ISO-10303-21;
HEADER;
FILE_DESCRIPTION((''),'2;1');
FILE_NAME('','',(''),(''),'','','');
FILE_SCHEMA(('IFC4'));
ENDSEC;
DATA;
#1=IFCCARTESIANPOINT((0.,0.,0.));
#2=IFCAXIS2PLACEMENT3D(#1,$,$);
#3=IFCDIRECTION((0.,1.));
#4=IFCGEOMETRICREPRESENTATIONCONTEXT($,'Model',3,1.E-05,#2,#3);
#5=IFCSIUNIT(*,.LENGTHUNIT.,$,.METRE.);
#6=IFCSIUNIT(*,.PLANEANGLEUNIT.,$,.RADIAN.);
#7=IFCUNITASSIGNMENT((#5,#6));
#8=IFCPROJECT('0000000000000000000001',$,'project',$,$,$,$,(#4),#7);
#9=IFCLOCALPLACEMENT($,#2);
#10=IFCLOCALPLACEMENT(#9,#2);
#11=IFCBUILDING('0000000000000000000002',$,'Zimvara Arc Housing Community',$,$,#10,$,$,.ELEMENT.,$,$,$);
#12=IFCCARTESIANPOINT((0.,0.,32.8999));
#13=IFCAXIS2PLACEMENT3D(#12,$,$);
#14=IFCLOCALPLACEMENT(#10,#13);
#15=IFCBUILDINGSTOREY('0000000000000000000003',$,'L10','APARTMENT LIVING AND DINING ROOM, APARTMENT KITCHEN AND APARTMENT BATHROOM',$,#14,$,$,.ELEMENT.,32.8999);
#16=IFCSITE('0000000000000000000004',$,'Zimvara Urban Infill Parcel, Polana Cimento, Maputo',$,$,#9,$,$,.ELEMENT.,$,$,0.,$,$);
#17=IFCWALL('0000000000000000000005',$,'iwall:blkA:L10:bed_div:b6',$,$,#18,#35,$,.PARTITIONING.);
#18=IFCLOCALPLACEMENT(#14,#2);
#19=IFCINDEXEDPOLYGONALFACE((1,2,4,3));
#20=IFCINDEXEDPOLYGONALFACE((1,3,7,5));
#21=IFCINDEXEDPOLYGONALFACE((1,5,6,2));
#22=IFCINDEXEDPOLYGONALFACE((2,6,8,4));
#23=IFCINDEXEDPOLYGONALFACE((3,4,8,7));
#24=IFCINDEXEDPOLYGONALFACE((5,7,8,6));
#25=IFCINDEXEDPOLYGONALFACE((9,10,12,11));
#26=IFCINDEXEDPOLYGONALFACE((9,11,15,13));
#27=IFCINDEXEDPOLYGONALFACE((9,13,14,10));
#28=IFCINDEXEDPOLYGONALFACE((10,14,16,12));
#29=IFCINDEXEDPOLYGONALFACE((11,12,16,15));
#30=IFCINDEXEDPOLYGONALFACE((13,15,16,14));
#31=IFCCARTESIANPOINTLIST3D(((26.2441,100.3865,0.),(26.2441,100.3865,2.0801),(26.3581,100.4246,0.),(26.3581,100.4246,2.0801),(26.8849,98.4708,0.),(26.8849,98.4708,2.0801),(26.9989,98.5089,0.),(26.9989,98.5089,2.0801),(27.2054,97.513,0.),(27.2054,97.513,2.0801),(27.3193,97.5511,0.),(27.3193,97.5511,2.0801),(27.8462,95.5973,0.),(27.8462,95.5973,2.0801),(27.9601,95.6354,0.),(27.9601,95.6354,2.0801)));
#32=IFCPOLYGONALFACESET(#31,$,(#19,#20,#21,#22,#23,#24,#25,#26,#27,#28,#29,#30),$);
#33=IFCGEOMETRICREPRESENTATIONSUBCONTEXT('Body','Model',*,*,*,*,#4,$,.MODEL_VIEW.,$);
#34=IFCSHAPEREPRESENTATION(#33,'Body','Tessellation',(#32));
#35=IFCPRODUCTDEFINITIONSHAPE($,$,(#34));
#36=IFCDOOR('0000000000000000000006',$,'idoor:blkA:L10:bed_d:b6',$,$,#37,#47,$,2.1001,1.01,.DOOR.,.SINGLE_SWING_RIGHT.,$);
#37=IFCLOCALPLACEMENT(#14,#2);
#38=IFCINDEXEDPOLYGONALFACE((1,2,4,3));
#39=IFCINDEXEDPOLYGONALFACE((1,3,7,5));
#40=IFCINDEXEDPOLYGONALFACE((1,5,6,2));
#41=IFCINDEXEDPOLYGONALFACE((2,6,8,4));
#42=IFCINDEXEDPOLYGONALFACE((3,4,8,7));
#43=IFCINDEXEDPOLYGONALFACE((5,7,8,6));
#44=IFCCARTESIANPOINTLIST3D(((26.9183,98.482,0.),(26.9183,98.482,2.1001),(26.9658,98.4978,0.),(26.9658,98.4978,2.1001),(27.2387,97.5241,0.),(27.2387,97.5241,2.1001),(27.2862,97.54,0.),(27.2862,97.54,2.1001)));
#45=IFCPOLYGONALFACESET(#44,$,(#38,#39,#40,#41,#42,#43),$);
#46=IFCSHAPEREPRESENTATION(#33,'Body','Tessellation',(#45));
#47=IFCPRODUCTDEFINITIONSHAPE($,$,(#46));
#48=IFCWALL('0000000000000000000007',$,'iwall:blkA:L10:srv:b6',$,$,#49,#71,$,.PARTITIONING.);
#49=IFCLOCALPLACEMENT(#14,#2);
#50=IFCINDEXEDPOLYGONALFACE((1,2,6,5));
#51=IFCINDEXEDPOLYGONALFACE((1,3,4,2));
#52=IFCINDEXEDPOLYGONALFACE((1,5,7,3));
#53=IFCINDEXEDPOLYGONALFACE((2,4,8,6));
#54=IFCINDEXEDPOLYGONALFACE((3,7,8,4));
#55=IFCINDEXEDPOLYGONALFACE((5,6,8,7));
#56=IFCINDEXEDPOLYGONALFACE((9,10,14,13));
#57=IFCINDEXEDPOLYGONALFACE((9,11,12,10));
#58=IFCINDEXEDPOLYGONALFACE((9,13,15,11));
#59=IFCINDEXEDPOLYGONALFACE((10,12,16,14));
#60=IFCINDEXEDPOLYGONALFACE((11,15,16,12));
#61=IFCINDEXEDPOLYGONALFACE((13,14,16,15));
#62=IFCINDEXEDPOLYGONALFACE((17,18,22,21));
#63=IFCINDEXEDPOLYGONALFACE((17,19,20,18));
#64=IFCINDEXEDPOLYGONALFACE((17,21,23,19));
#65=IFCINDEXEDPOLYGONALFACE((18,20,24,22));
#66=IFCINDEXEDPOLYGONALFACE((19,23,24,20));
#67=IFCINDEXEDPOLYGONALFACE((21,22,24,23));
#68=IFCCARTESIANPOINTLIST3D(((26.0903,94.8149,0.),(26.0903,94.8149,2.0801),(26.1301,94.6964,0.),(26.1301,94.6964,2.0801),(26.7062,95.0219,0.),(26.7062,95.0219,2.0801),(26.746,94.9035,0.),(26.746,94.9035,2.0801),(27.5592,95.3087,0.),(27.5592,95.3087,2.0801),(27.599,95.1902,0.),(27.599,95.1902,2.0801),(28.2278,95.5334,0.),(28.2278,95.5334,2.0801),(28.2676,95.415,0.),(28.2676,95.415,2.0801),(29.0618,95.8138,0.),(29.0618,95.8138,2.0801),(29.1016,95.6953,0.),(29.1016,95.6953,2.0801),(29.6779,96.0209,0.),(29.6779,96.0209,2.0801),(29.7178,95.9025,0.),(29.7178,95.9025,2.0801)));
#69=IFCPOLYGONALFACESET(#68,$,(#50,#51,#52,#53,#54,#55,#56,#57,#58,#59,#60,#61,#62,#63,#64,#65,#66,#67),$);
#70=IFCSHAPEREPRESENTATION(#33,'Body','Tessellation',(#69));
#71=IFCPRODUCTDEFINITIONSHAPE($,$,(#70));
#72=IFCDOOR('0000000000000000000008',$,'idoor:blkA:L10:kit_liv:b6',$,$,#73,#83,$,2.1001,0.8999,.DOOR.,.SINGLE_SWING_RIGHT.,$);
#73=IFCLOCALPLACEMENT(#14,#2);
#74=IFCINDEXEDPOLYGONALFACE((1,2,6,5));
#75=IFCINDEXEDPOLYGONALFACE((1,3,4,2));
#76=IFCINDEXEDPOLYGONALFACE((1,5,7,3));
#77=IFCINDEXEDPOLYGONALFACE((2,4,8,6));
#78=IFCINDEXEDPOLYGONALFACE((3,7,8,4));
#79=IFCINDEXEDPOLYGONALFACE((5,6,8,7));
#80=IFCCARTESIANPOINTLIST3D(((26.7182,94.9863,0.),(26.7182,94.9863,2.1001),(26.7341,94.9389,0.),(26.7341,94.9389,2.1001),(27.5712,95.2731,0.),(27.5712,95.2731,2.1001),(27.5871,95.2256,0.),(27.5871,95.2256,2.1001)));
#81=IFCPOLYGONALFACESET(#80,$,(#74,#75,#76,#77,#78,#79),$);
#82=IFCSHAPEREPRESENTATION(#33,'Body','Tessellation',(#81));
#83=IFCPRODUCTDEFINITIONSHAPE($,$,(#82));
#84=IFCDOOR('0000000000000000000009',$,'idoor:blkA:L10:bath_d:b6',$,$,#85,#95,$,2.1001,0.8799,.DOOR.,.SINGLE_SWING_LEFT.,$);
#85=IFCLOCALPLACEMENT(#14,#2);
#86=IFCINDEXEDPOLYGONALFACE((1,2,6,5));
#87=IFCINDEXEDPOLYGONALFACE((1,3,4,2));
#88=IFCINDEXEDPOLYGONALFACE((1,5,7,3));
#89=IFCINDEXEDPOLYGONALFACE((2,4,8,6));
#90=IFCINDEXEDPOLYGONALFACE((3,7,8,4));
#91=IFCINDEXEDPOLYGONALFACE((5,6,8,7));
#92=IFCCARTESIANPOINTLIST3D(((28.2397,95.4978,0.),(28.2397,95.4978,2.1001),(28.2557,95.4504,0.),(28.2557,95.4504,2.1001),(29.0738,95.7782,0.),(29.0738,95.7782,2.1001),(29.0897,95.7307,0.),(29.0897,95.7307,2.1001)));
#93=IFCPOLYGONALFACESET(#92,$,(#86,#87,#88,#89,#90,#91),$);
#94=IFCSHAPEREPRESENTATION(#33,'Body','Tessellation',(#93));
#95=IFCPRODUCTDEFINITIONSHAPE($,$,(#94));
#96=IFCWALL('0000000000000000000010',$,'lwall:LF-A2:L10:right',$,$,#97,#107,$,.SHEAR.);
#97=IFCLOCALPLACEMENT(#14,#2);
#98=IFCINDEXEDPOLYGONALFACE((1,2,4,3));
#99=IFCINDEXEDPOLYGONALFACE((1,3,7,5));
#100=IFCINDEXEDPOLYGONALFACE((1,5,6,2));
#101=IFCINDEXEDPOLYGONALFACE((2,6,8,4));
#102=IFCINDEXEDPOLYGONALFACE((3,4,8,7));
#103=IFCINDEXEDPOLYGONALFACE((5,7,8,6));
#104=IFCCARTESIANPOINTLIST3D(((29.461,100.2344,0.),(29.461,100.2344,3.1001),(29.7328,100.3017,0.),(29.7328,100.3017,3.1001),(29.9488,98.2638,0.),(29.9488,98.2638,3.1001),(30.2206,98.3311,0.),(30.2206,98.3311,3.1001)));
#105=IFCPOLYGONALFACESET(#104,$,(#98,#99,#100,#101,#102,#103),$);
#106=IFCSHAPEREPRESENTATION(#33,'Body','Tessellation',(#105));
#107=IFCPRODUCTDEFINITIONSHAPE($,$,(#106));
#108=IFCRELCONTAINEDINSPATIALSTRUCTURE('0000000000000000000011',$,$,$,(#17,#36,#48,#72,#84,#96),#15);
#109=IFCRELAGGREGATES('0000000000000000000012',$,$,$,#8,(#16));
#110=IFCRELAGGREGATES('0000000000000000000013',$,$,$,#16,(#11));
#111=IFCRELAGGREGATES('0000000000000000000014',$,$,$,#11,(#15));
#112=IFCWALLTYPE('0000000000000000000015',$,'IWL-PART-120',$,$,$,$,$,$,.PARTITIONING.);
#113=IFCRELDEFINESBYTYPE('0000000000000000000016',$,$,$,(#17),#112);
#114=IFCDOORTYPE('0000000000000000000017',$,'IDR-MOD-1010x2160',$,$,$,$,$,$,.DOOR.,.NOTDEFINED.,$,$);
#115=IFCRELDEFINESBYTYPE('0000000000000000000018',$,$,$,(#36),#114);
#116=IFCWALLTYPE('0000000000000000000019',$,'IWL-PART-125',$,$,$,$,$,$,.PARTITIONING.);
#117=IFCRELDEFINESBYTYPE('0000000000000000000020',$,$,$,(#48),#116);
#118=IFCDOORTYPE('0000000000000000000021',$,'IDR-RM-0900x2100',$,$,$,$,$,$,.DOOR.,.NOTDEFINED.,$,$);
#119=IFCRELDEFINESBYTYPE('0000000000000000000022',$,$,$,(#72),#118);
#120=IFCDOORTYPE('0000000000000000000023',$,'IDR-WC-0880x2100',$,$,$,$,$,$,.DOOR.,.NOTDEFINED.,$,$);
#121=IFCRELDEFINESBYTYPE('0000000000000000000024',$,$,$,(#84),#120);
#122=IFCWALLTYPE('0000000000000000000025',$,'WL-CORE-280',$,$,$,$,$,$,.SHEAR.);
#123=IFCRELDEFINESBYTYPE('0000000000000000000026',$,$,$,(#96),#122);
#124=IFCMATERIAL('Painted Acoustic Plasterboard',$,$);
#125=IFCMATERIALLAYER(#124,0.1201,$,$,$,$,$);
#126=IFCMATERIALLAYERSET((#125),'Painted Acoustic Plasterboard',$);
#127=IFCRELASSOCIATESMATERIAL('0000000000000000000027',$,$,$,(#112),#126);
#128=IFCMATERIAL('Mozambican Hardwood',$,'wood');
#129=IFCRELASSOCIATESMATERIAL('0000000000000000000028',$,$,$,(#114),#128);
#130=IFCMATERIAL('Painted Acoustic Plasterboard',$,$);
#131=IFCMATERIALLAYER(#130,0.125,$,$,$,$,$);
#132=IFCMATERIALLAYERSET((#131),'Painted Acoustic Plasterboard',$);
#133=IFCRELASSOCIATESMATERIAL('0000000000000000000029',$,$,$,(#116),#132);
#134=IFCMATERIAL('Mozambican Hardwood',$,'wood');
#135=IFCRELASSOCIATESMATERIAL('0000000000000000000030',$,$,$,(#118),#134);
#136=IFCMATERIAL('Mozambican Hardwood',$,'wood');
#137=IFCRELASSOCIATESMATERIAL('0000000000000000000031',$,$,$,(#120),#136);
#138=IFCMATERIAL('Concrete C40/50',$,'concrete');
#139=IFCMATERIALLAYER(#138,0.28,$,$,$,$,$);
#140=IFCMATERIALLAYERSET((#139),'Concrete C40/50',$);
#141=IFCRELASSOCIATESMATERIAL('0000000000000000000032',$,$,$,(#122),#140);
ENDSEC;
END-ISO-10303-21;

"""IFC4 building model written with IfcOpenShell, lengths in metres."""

from ifc_helpers import new_model, si_unit, direction, frame, frame_2d, origin, place, context, subcontext, project, spatial, rectangle, extrude, material, layer, layer_set, type_object, element, fill, save


model = new_model("IFC4")

# Units and contexts
model_context = context("Model", 3, precision=1e-05, world=origin(), true_north=direction((0.0, 1.0)))
body_context = subcontext(model_context, "Body", "Model", "MODEL_VIEW")
ifc_project = project(units=[si_unit("LENGTHUNIT", "METRE"), si_unit("PLANEANGLEUNIT", "RADIAN")], contexts=[model_context])

# Site, building, storey
site_placement = place(None, origin())
site = spatial("IfcSite", under=ifc_project, at=site_placement, Name="Zimvara Urban Infill Parcel, Polana Cimento, Maputo", CompositionType="ELEMENT", RefElevation=0.0)
building_placement = place(site_placement, origin())
building = spatial("IfcBuilding", under=site, at=building_placement, Name="Zimvara Arc Housing Community", CompositionType="ELEMENT")
storey_placement = place(building_placement, frame((0.0, 0.0, 32.8999)))
storey = spatial("IfcBuildingStorey", under=building, at=storey_placement, Name="L10", Description="APARTMENT LIVING AND DINING ROOM, APARTMENT KITCHEN AND APARTMENT BATHROOM", CompositionType="ELEMENT", Elevation=32.8999)

# Wall, opening, door
ifc_material_1 = material(Name="Painted Acoustic Plasterboard")
ifc_layer_1 = layer(ifc_material_1, 0.1201)
ifc_layer_set_1 = layer_set([ifc_layer_1], Name="Painted Acoustic Plasterboard")
wall_type_1 = type_object("IfcWallType", Name="IWL-PART-120", PredefinedType="PARTITIONING", material=ifc_layer_set_1)
wall_1_placement = place(storey_placement, frame((27.9031, 95.6165, 0.0), z_axis=(0.0, 0.0, 1.0), x_axis=(-0.317228, 0.948349, 0.0)))
wall_1 = element("IfcWall", 1, at=wall_1_placement, inside=storey, type_object=wall_type_1, Name="iwall:blkA:L10:bed_div:b6", PredefinedType="PARTITIONING", context=body_context, shape_type="SweptSolid", body=[
    extrude(rectangle(XDim=5.05, YDim=0.1201, at=frame_2d((2.5249, 0.0))), origin(), (0.0, 0.0, 1.0), 2.0801),
])
opening_1_placement = place(wall_1_placement, frame((2.02, 0.0, 0.0)))
opening_1 = element("IfcOpeningElement", 2, at=opening_1_placement, cuts=wall_1, PredefinedType="OPENING", context=body_context, shape_type="SweptSolid", body=[
    extrude(rectangle(XDim=1.01, YDim=2.1001, at=frame_2d((0.5049, 1.05))), frame((0.0, 0.0701, 0.0), z_axis=(0.0, -1.0, 0.0), x_axis=(1.0, 0.0, 0.0)), (0.0, 0.0, 1.0), 0.1401),
])
ifc_material_2 = material(Name="Mozambican Hardwood", Category="wood")
door_type_1 = type_object("IfcDoorType", Name="IDR-MOD-1010x2160", OperationType="NOTDEFINED", PredefinedType="DOOR", material=ifc_material_2)
door_1_placement = place(opening_1_placement, origin())
door_1 = element("IfcDoor", 3, at=door_1_placement, inside=storey, type_object=door_type_1, Name="idoor:blkA:L10:bed_d:b6", OperationType="SINGLE_SWING_RIGHT", OverallHeight=2.1001, OverallWidth=1.01, PredefinedType="DOOR", context=body_context, shape_type="SweptSolid", body=[
    extrude(rectangle(XDim=1.01, YDim=2.1001, at=frame_2d((0.5049, 1.05))), frame((0.0, 0.0249, 0.0), z_axis=(0.0, -1.0, 0.0), x_axis=(1.0, 0.0, 0.0)), (0.0, 0.0, 1.0), 0.05),
])
fill(opening_1, door_1)

# Wall, openings, doors
ifc_material_3 = material(Name="Painted Acoustic Plasterboard")
ifc_layer_2 = layer(ifc_material_3, 0.125)
ifc_layer_set_2 = layer_set([ifc_layer_2], Name="Painted Acoustic Plasterboard")
wall_type_2 = type_object("IfcWallType", Name="IWL-PART-125", PredefinedType="PARTITIONING", material=ifc_layer_set_2)
wall_2_placement = place(storey_placement, frame((26.1101, 94.7556, 0.0), z_axis=(0.0, 0.0, 1.0), x_axis=(0.947874, 0.318646, 0.0)))
wall_2 = element("IfcWall", 4, at=wall_2_placement, inside=storey, type_object=wall_type_2, Name="iwall:blkA:L10:srv:b6", PredefinedType="PARTITIONING", context=body_context, shape_type="SweptSolid", body=[
    extrude(rectangle(XDim=3.7849, YDim=0.125, at=frame_2d((1.8926, 0.0))), origin(), (0.0, 0.0, 1.0), 2.0801),
])
opening_2_placement = place(wall_2_placement, frame((0.6499, 0.0, 0.0)))
opening_2 = element("IfcOpeningElement", 5, at=opening_2_placement, cuts=wall_2, PredefinedType="OPENING", context=body_context, shape_type="SweptSolid", body=[
    extrude(rectangle(XDim=0.8999, YDim=2.1001, at=frame_2d((0.45, 1.05))), frame((0.0, 0.0725, 0.0), z_axis=(0.0, -1.0, 0.0), x_axis=(1.0, 0.0, 0.0)), (0.0, 0.0, 1.0), 0.145),
])
opening_3_placement = place(wall_2_placement, frame((2.2551, 0.0, 0.0)))
opening_3 = element("IfcOpeningElement", 6, at=opening_3_placement, cuts=wall_2, PredefinedType="OPENING", context=body_context, shape_type="SweptSolid", body=[
    extrude(rectangle(XDim=0.8799, YDim=2.1001, at=frame_2d((0.4399, 1.05))), frame((0.0, 0.0725, 0.0), z_axis=(0.0, -1.0, 0.0), x_axis=(1.0, 0.0, 0.0)), (0.0, 0.0, 1.0), 0.145),
])
ifc_material_4 = material(Name="Mozambican Hardwood", Category="wood")
door_type_2 = type_object("IfcDoorType", Name="IDR-RM-0900x2100", OperationType="NOTDEFINED", PredefinedType="DOOR", material=ifc_material_4)
door_2_placement = place(opening_2_placement, origin())
door_2 = element("IfcDoor", 7, at=door_2_placement, inside=storey, type_object=door_type_2, Name="idoor:blkA:L10:kit_liv:b6", OperationType="SINGLE_SWING_RIGHT", OverallHeight=2.1001, OverallWidth=0.8999, PredefinedType="DOOR", context=body_context, shape_type="SweptSolid", body=[
    extrude(rectangle(XDim=0.8999, YDim=2.1001, at=frame_2d((0.45, 1.05))), frame((0.0, 0.0249, 0.0), z_axis=(0.0, -1.0, 0.0), x_axis=(1.0, 0.0, 0.0)), (0.0, 0.0, 1.0), 0.05),
])
fill(opening_2, door_2)
ifc_material_5 = material(Name="Mozambican Hardwood", Category="wood")
door_type_3 = type_object("IfcDoorType", Name="IDR-WC-0880x2100", OperationType="NOTDEFINED", PredefinedType="DOOR", material=ifc_material_5)
door_3_placement = place(opening_3_placement, origin())
door_3 = element("IfcDoor", 8, at=door_3_placement, inside=storey, type_object=door_type_3, Name="idoor:blkA:L10:bath_d:b6", OperationType="SINGLE_SWING_LEFT", OverallHeight=2.1001, OverallWidth=0.8799, PredefinedType="DOOR", context=body_context, shape_type="SweptSolid", body=[
    extrude(rectangle(XDim=0.8799, YDim=2.1001, at=frame_2d((0.4399, 1.05))), frame((0.0, 0.0249, 0.0), z_axis=(0.0, -1.0, 0.0), x_axis=(1.0, 0.0, 0.0)), (0.0, 0.0, 1.0), 0.05),
])
fill(opening_3, door_3)

# Wall
ifc_material_6 = material(Name="Concrete C40/50", Category="concrete")
ifc_layer_3 = layer(ifc_material_6, 0.28)
ifc_layer_set_3 = layer_set([ifc_layer_3], Name="Concrete C40/50")
wall_type_3 = type_object("IfcWallType", Name="WL-CORE-280", PredefinedType="SHEAR", material=ifc_layer_set_3)
wall_3_placement = place(storey_placement, frame((30.0847, 98.2974, 0.0), z_axis=(0.0, 0.0, 1.0), x_axis=(-0.240299, 0.970699, 0.0)))
element("IfcWall", 9, at=wall_3_placement, inside=storey, type_object=wall_type_3, Name="lwall:LF-A2:L10:right", PredefinedType="SHEAR", context=body_context, shape_type="SweptSolid", body=[
    extrude(rectangle(XDim=2.03, YDim=0.28, at=frame_2d((1.0151, 0.0))), origin(), (0.0, 0.0, 1.0), 3.1001),
])

save(model, "model.ifc")
